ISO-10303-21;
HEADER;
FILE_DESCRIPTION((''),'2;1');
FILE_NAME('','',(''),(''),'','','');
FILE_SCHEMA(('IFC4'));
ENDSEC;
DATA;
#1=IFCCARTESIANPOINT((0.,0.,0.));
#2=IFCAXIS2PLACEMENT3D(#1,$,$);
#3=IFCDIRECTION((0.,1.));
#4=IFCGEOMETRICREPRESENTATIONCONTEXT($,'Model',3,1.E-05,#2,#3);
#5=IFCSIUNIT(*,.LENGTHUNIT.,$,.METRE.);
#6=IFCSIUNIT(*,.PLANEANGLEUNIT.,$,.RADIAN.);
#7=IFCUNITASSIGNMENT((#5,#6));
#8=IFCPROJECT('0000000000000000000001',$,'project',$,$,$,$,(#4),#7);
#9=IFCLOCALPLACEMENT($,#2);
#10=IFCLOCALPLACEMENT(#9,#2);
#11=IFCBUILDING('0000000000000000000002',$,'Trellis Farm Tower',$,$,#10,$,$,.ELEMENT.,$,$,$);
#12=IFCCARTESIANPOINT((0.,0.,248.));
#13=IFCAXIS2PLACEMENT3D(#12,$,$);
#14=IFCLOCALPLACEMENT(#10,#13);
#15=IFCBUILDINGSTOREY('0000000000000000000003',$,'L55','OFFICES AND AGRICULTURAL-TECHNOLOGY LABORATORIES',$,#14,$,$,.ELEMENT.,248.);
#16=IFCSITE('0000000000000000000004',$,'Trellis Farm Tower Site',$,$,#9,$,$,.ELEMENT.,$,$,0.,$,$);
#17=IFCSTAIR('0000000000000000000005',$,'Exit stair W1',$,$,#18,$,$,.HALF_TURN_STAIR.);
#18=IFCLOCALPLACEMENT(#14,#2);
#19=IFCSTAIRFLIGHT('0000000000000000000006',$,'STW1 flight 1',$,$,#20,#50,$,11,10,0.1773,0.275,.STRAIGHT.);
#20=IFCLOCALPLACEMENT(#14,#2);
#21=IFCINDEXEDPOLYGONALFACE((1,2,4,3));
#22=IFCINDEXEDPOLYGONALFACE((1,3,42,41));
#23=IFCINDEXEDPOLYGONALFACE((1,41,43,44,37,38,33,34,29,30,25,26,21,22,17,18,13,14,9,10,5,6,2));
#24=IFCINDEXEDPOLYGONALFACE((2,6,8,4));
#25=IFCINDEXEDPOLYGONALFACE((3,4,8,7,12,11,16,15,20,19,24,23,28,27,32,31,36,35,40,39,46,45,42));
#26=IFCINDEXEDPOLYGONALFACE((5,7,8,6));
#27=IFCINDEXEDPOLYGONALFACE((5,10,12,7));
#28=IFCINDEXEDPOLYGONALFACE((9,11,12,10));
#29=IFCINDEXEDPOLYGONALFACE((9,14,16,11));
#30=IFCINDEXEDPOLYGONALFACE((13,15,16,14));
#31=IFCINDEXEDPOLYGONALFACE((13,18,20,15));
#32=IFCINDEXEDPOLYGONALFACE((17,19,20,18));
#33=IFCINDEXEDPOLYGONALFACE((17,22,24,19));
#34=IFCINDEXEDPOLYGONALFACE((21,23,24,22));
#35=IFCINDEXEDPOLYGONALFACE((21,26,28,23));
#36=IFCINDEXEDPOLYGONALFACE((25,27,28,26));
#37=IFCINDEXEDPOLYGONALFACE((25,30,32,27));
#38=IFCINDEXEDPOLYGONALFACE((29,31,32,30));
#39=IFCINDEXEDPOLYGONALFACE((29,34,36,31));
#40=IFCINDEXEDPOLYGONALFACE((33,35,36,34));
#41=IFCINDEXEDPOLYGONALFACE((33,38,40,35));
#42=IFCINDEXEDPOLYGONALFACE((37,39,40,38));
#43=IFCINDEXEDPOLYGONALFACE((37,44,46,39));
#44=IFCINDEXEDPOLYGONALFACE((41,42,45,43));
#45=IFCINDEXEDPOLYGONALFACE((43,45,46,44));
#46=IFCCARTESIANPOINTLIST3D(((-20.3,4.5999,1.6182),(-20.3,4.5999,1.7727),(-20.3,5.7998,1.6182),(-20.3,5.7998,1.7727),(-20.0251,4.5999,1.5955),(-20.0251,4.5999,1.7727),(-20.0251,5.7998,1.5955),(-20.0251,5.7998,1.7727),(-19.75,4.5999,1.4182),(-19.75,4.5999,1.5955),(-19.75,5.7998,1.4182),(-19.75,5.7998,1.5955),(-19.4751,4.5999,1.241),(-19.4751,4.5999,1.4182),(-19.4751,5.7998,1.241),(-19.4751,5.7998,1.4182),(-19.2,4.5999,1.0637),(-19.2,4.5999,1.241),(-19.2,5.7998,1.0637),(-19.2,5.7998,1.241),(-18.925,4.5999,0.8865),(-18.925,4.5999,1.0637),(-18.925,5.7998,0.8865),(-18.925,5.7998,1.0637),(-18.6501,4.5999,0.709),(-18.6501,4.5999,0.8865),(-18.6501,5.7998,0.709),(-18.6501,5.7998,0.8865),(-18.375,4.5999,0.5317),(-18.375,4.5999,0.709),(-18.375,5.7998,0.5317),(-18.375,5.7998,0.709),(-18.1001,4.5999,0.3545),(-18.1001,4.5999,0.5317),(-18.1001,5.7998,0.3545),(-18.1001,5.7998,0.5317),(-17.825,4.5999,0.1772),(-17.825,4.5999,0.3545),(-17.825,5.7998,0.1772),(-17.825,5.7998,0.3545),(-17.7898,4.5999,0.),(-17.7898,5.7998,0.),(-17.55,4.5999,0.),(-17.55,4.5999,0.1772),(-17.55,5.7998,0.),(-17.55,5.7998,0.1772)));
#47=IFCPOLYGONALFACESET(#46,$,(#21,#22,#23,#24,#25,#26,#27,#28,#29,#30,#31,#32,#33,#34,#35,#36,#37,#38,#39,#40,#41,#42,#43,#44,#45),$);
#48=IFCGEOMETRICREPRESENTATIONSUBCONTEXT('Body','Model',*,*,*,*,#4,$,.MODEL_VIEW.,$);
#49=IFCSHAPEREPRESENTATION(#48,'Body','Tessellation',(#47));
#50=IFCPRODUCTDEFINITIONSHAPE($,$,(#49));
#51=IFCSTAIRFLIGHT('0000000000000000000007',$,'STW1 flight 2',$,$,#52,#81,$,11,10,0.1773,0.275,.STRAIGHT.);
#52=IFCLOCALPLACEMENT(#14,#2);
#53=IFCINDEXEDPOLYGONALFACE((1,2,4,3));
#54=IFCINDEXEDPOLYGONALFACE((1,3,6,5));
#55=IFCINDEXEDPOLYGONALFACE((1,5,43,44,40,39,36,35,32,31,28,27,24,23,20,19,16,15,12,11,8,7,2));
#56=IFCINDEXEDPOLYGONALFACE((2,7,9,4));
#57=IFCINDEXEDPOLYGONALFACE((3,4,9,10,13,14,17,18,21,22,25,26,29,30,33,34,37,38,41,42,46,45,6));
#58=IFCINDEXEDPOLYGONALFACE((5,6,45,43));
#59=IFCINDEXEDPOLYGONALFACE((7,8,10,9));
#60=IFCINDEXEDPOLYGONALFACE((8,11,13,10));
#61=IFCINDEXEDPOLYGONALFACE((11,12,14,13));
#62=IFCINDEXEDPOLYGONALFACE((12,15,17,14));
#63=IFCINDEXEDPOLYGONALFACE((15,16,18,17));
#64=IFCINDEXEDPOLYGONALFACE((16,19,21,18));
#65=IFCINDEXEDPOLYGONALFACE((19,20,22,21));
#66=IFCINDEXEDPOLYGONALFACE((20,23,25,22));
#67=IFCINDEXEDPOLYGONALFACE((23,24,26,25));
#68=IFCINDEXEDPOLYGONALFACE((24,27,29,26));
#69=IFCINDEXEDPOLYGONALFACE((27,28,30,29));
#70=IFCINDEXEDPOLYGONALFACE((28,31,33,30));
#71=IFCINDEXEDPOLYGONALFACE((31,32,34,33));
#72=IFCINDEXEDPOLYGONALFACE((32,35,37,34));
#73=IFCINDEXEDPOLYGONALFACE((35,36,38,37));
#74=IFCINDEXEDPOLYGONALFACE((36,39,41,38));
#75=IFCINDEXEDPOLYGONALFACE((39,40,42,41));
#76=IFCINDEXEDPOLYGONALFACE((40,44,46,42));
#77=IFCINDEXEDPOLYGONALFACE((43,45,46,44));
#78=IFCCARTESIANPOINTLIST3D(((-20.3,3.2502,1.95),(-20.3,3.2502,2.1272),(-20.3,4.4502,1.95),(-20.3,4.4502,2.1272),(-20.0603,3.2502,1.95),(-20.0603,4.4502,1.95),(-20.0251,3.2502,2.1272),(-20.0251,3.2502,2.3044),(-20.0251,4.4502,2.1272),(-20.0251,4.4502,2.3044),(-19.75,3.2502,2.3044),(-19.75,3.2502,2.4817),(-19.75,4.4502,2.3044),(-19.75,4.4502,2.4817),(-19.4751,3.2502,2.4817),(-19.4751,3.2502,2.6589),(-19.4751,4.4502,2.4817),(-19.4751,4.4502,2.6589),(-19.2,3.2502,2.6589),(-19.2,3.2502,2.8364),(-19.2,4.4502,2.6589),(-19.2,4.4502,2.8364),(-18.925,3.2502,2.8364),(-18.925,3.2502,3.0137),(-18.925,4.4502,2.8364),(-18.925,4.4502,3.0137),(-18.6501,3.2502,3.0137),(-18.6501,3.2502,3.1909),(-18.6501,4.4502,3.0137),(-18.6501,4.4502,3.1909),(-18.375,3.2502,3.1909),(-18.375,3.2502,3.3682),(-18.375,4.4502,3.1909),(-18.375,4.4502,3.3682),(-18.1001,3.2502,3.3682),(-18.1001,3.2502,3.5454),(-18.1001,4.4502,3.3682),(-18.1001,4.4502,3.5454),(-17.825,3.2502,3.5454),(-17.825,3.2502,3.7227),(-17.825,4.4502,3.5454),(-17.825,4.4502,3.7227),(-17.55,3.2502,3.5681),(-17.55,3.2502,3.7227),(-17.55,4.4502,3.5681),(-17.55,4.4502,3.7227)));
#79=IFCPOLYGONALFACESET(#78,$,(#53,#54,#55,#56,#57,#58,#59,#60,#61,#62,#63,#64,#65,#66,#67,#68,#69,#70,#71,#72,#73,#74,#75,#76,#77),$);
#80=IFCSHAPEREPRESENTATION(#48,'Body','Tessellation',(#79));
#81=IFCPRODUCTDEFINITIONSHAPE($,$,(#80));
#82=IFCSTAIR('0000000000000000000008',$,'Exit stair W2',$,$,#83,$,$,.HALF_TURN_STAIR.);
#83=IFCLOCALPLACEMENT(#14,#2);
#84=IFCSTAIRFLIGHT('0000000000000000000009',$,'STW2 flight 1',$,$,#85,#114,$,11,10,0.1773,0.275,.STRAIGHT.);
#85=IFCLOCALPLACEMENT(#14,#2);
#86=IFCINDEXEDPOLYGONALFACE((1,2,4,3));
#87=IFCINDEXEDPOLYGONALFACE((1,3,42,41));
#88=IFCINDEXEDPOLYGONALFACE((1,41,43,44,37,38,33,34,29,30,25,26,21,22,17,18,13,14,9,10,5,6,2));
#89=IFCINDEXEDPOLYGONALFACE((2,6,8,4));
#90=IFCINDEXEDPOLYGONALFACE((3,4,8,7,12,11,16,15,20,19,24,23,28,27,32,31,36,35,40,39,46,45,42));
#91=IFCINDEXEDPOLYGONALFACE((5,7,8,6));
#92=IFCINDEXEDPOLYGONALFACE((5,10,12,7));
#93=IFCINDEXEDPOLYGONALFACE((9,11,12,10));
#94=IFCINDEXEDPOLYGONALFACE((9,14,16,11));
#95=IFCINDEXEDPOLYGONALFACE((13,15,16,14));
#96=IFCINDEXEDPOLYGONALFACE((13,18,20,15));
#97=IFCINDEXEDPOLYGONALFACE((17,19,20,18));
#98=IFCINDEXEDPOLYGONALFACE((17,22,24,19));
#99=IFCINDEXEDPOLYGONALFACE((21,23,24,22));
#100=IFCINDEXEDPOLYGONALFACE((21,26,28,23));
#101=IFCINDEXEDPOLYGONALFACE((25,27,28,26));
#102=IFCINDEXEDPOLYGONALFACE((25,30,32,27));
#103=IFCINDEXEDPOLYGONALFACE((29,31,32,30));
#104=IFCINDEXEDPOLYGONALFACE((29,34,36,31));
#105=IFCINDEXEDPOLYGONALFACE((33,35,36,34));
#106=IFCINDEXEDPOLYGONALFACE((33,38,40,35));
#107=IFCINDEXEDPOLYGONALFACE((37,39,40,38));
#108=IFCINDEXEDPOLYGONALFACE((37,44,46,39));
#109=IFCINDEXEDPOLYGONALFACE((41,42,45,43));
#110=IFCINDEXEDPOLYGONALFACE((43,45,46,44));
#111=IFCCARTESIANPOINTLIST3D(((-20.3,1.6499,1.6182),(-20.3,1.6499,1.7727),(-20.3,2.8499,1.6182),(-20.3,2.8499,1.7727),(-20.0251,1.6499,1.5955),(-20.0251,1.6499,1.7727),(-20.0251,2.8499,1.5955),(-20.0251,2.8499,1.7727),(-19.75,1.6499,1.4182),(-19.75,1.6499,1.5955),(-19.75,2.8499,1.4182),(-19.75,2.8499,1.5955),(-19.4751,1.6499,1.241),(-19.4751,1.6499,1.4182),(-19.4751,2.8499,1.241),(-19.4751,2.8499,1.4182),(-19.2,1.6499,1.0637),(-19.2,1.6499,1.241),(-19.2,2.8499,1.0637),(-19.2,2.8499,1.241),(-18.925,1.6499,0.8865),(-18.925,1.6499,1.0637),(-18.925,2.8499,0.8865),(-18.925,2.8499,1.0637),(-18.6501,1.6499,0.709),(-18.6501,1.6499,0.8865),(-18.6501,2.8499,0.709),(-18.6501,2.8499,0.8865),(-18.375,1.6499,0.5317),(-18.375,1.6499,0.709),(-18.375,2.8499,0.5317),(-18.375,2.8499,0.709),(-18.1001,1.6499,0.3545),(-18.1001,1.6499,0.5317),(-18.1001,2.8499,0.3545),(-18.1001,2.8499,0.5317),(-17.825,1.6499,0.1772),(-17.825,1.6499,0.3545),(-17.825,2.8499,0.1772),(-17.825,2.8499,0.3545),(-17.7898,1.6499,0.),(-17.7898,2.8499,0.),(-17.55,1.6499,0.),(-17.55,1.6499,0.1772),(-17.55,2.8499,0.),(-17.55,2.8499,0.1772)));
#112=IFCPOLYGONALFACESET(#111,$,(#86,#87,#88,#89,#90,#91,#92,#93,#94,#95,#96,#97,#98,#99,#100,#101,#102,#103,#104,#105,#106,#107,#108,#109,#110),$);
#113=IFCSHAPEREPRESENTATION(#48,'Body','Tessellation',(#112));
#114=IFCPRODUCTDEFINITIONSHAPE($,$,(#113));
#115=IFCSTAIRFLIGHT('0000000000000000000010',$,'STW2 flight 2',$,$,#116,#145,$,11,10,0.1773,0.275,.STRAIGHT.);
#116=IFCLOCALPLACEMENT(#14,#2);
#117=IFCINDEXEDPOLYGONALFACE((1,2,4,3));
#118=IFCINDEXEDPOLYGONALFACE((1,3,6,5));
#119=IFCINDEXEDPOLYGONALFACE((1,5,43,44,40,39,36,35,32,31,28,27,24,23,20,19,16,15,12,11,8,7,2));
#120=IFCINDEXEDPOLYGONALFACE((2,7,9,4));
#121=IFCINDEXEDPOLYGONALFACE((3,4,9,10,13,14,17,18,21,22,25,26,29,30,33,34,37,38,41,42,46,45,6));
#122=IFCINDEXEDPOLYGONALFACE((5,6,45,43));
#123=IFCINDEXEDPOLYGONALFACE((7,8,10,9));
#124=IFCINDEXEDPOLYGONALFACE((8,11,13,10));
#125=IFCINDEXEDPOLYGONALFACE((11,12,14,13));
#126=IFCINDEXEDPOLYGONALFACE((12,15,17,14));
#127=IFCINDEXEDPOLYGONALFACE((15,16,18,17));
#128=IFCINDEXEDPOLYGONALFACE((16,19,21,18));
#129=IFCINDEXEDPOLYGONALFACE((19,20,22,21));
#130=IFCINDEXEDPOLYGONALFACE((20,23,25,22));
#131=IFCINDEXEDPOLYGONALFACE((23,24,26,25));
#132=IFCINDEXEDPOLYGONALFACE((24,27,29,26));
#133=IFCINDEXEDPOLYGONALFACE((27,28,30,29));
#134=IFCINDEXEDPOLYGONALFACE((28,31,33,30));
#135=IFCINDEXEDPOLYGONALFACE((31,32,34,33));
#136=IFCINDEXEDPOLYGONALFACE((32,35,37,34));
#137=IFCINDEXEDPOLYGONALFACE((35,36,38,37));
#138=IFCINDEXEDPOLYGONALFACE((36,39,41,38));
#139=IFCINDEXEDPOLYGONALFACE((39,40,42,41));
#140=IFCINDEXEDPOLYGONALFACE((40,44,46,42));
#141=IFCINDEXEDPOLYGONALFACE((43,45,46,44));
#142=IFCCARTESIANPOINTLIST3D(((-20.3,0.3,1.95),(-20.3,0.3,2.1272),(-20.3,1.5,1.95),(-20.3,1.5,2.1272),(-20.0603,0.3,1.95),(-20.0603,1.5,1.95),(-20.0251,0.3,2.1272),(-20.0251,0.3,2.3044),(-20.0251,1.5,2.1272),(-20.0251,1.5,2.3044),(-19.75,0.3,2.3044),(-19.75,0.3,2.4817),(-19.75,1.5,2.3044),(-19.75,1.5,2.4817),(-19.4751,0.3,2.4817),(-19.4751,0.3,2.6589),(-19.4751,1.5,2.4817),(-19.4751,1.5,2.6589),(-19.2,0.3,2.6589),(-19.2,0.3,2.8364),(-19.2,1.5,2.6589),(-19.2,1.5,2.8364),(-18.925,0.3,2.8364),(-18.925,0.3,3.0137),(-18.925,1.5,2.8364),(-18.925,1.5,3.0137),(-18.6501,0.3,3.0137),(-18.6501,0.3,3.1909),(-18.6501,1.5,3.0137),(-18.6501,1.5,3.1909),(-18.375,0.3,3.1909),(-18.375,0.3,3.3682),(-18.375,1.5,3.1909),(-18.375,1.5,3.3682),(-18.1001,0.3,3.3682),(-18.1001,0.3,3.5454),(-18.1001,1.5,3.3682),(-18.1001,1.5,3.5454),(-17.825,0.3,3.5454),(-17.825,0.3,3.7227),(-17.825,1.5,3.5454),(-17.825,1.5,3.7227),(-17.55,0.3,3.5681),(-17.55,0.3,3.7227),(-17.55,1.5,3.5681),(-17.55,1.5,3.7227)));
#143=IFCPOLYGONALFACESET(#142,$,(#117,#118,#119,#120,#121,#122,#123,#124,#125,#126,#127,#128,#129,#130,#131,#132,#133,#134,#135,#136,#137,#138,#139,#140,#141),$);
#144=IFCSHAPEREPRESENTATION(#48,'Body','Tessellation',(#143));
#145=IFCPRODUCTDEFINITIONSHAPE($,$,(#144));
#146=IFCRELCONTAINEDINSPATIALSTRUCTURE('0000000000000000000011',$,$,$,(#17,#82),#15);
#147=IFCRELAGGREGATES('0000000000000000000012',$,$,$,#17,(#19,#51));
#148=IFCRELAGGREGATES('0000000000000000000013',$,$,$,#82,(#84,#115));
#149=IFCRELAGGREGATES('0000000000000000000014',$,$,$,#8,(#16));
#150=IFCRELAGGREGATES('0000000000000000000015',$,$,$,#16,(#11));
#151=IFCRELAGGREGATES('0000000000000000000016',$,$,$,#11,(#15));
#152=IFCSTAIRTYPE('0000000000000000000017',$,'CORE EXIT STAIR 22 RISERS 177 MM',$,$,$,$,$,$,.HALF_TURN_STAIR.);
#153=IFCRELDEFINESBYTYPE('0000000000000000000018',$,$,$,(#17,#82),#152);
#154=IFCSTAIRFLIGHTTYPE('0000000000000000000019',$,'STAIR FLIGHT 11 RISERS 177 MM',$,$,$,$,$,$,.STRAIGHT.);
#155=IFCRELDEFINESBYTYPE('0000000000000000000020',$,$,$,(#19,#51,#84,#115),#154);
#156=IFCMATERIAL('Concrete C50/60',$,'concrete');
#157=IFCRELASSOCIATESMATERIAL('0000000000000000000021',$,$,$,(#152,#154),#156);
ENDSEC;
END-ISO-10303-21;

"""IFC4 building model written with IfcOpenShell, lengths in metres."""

from ifc_helpers import new_model, si_unit, direction, frame, origin, place, context, subcontext, project, spatial, polyline, outline, extrude, source, transform, mapped, material, type_object, element, aggregate, save


model = new_model("IFC4")

# Units and contexts
model_context = context("Model", 3, precision=1e-05, world=origin(), true_north=direction((0.0, 1.0)))
body_context = subcontext(model_context, "Body", "Model", "MODEL_VIEW")
ifc_project = project(units=[si_unit("LENGTHUNIT", "METRE"), si_unit("PLANEANGLEUNIT", "RADIAN")], contexts=[model_context])

# Site, building, storey
site_placement = place(None, origin())
site = spatial("IfcSite", under=ifc_project, at=site_placement, Name="Trellis Farm Tower Site", CompositionType="ELEMENT", RefElevation=0.0)
building_placement = place(site_placement, origin())
building = spatial("IfcBuilding", under=site, at=building_placement, Name="Trellis Farm Tower", CompositionType="ELEMENT")
storey_placement = place(building_placement, frame((0.0, 0.0, 248.0)))
storey = spatial("IfcBuildingStorey", under=building, at=storey_placement, Name="L55", Description="OFFICES AND AGRICULTURAL-TECHNOLOGY LABORATORIES", CompositionType="ELEMENT", Elevation=248.0)

# Shared definitions
placement = place(storey_placement, origin())

# Stairs, stair flights
ifc_material_1 = material(Name="Concrete C50/60", Category="concrete")
stair_type = type_object("IfcStairType", Name="CORE EXIT STAIR 22 RISERS 177 MM", PredefinedType="HALF_TURN_STAIR", material=ifc_material_1)
stair_1 = element("IfcStair", 1, at=placement, inside=storey, type_object=stair_type, Name="Exit stair W1", PredefinedType="HALF_TURN_STAIR")
stair_flight_type = type_object("IfcStairFlightType", Name="STAIR FLIGHT 11 RISERS 177 MM", PredefinedType="STRAIGHT", material=ifc_material_1)
shared_shape_1 = source(origin(), body_context, "Body", "SweptSolid", [
    extrude(outline(polyline([(0.0, 0.0), (0.0, 0.1772), (0.2749, 0.1772), (0.2749, 0.3545), (0.55, 0.3545), (0.55, 0.5317), (0.825, 0.5317), (0.825, 0.709), (1.1001, 0.709), (1.1001, 0.8865), (1.375, 0.8865), (1.375, 1.0637), (1.6499, 1.0637), (1.6499, 1.241), (1.925, 1.241), (1.925, 1.4182), (2.2, 1.4182), (2.2, 1.5955), (2.4751, 1.5955), (2.4751, 1.7727), (2.75, 1.7727), (2.75, 1.95), (2.75, 1.6182), (0.2397, 0.0), (0.0, 0.0)])), frame((0.0, 0.6001, 0.0), z_axis=(0.0, -1.0, 0.0), x_axis=(1.0, 0.0, 0.0)), (0.0, 0.0, 1.0), 1.2),
])
stair_flight_1_placement = place(storey_placement, frame((-17.55, 5.2, 0.0), z_axis=(0.0, 0.0, 1.0), x_axis=(-1.0, 0.0, 0.0)))
stair_flight_1 = element("IfcStairFlight", 2, at=stair_flight_1_placement, type_object=stair_flight_type, Name="STW1 flight 1", NumberOfRisers=11, NumberOfTreads=10, PredefinedType="STRAIGHT", RiserHeight=0.1773, TreadLength=0.275, context=body_context, shape_type="MappedRepresentation", body=[
    mapped(shared_shape_1, transform((0.0, 0.0, 0.0))),
])
stair_flight_2_placement = place(storey_placement, frame((-20.3, 3.8501, 1.95), z_axis=(0.0, 0.0, 1.0), x_axis=(1.0, 0.0, 0.0)))
stair_flight_2 = element("IfcStairFlight", 3, at=stair_flight_2_placement, type_object=stair_flight_type, Name="STW1 flight 2", NumberOfRisers=11, NumberOfTreads=10, PredefinedType="STRAIGHT", RiserHeight=0.1773, TreadLength=0.275, context=body_context, shape_type="MappedRepresentation", body=[
    mapped(shared_shape_1, transform((0.0, 0.0, 0.0))),
])
aggregate(stair_1, [stair_flight_1, stair_flight_2])
stair_2 = element("IfcStair", 4, at=placement, inside=storey, type_object=stair_type, Name="Exit stair W2", PredefinedType="HALF_TURN_STAIR")
stair_flight_3_placement = place(storey_placement, frame((-17.55, 2.25, 0.0), z_axis=(0.0, 0.0, 1.0), x_axis=(-1.0, 0.0, 0.0)))
stair_flight_3 = element("IfcStairFlight", 5, at=stair_flight_3_placement, type_object=stair_flight_type, Name="STW2 flight 1", NumberOfRisers=11, NumberOfTreads=10, PredefinedType="STRAIGHT", RiserHeight=0.1773, TreadLength=0.275, context=body_context, shape_type="MappedRepresentation", body=[
    mapped(shared_shape_1, transform((0.0, 0.0, 0.0))),
])
stair_flight_4_placement = place(storey_placement, frame((-20.3, 0.8999, 1.95), z_axis=(0.0, 0.0, 1.0), x_axis=(1.0, 0.0, 0.0)))
stair_flight_4 = element("IfcStairFlight", 6, at=stair_flight_4_placement, type_object=stair_flight_type, Name="STW2 flight 2", NumberOfRisers=11, NumberOfTreads=10, PredefinedType="STRAIGHT", RiserHeight=0.1773, TreadLength=0.275, context=body_context, shape_type="MappedRepresentation", body=[
    mapped(shared_shape_1, transform((0.0, 0.0, 0.0))),
])
aggregate(stair_2, [stair_flight_3, stair_flight_4])

save(model, "model.ifc")
